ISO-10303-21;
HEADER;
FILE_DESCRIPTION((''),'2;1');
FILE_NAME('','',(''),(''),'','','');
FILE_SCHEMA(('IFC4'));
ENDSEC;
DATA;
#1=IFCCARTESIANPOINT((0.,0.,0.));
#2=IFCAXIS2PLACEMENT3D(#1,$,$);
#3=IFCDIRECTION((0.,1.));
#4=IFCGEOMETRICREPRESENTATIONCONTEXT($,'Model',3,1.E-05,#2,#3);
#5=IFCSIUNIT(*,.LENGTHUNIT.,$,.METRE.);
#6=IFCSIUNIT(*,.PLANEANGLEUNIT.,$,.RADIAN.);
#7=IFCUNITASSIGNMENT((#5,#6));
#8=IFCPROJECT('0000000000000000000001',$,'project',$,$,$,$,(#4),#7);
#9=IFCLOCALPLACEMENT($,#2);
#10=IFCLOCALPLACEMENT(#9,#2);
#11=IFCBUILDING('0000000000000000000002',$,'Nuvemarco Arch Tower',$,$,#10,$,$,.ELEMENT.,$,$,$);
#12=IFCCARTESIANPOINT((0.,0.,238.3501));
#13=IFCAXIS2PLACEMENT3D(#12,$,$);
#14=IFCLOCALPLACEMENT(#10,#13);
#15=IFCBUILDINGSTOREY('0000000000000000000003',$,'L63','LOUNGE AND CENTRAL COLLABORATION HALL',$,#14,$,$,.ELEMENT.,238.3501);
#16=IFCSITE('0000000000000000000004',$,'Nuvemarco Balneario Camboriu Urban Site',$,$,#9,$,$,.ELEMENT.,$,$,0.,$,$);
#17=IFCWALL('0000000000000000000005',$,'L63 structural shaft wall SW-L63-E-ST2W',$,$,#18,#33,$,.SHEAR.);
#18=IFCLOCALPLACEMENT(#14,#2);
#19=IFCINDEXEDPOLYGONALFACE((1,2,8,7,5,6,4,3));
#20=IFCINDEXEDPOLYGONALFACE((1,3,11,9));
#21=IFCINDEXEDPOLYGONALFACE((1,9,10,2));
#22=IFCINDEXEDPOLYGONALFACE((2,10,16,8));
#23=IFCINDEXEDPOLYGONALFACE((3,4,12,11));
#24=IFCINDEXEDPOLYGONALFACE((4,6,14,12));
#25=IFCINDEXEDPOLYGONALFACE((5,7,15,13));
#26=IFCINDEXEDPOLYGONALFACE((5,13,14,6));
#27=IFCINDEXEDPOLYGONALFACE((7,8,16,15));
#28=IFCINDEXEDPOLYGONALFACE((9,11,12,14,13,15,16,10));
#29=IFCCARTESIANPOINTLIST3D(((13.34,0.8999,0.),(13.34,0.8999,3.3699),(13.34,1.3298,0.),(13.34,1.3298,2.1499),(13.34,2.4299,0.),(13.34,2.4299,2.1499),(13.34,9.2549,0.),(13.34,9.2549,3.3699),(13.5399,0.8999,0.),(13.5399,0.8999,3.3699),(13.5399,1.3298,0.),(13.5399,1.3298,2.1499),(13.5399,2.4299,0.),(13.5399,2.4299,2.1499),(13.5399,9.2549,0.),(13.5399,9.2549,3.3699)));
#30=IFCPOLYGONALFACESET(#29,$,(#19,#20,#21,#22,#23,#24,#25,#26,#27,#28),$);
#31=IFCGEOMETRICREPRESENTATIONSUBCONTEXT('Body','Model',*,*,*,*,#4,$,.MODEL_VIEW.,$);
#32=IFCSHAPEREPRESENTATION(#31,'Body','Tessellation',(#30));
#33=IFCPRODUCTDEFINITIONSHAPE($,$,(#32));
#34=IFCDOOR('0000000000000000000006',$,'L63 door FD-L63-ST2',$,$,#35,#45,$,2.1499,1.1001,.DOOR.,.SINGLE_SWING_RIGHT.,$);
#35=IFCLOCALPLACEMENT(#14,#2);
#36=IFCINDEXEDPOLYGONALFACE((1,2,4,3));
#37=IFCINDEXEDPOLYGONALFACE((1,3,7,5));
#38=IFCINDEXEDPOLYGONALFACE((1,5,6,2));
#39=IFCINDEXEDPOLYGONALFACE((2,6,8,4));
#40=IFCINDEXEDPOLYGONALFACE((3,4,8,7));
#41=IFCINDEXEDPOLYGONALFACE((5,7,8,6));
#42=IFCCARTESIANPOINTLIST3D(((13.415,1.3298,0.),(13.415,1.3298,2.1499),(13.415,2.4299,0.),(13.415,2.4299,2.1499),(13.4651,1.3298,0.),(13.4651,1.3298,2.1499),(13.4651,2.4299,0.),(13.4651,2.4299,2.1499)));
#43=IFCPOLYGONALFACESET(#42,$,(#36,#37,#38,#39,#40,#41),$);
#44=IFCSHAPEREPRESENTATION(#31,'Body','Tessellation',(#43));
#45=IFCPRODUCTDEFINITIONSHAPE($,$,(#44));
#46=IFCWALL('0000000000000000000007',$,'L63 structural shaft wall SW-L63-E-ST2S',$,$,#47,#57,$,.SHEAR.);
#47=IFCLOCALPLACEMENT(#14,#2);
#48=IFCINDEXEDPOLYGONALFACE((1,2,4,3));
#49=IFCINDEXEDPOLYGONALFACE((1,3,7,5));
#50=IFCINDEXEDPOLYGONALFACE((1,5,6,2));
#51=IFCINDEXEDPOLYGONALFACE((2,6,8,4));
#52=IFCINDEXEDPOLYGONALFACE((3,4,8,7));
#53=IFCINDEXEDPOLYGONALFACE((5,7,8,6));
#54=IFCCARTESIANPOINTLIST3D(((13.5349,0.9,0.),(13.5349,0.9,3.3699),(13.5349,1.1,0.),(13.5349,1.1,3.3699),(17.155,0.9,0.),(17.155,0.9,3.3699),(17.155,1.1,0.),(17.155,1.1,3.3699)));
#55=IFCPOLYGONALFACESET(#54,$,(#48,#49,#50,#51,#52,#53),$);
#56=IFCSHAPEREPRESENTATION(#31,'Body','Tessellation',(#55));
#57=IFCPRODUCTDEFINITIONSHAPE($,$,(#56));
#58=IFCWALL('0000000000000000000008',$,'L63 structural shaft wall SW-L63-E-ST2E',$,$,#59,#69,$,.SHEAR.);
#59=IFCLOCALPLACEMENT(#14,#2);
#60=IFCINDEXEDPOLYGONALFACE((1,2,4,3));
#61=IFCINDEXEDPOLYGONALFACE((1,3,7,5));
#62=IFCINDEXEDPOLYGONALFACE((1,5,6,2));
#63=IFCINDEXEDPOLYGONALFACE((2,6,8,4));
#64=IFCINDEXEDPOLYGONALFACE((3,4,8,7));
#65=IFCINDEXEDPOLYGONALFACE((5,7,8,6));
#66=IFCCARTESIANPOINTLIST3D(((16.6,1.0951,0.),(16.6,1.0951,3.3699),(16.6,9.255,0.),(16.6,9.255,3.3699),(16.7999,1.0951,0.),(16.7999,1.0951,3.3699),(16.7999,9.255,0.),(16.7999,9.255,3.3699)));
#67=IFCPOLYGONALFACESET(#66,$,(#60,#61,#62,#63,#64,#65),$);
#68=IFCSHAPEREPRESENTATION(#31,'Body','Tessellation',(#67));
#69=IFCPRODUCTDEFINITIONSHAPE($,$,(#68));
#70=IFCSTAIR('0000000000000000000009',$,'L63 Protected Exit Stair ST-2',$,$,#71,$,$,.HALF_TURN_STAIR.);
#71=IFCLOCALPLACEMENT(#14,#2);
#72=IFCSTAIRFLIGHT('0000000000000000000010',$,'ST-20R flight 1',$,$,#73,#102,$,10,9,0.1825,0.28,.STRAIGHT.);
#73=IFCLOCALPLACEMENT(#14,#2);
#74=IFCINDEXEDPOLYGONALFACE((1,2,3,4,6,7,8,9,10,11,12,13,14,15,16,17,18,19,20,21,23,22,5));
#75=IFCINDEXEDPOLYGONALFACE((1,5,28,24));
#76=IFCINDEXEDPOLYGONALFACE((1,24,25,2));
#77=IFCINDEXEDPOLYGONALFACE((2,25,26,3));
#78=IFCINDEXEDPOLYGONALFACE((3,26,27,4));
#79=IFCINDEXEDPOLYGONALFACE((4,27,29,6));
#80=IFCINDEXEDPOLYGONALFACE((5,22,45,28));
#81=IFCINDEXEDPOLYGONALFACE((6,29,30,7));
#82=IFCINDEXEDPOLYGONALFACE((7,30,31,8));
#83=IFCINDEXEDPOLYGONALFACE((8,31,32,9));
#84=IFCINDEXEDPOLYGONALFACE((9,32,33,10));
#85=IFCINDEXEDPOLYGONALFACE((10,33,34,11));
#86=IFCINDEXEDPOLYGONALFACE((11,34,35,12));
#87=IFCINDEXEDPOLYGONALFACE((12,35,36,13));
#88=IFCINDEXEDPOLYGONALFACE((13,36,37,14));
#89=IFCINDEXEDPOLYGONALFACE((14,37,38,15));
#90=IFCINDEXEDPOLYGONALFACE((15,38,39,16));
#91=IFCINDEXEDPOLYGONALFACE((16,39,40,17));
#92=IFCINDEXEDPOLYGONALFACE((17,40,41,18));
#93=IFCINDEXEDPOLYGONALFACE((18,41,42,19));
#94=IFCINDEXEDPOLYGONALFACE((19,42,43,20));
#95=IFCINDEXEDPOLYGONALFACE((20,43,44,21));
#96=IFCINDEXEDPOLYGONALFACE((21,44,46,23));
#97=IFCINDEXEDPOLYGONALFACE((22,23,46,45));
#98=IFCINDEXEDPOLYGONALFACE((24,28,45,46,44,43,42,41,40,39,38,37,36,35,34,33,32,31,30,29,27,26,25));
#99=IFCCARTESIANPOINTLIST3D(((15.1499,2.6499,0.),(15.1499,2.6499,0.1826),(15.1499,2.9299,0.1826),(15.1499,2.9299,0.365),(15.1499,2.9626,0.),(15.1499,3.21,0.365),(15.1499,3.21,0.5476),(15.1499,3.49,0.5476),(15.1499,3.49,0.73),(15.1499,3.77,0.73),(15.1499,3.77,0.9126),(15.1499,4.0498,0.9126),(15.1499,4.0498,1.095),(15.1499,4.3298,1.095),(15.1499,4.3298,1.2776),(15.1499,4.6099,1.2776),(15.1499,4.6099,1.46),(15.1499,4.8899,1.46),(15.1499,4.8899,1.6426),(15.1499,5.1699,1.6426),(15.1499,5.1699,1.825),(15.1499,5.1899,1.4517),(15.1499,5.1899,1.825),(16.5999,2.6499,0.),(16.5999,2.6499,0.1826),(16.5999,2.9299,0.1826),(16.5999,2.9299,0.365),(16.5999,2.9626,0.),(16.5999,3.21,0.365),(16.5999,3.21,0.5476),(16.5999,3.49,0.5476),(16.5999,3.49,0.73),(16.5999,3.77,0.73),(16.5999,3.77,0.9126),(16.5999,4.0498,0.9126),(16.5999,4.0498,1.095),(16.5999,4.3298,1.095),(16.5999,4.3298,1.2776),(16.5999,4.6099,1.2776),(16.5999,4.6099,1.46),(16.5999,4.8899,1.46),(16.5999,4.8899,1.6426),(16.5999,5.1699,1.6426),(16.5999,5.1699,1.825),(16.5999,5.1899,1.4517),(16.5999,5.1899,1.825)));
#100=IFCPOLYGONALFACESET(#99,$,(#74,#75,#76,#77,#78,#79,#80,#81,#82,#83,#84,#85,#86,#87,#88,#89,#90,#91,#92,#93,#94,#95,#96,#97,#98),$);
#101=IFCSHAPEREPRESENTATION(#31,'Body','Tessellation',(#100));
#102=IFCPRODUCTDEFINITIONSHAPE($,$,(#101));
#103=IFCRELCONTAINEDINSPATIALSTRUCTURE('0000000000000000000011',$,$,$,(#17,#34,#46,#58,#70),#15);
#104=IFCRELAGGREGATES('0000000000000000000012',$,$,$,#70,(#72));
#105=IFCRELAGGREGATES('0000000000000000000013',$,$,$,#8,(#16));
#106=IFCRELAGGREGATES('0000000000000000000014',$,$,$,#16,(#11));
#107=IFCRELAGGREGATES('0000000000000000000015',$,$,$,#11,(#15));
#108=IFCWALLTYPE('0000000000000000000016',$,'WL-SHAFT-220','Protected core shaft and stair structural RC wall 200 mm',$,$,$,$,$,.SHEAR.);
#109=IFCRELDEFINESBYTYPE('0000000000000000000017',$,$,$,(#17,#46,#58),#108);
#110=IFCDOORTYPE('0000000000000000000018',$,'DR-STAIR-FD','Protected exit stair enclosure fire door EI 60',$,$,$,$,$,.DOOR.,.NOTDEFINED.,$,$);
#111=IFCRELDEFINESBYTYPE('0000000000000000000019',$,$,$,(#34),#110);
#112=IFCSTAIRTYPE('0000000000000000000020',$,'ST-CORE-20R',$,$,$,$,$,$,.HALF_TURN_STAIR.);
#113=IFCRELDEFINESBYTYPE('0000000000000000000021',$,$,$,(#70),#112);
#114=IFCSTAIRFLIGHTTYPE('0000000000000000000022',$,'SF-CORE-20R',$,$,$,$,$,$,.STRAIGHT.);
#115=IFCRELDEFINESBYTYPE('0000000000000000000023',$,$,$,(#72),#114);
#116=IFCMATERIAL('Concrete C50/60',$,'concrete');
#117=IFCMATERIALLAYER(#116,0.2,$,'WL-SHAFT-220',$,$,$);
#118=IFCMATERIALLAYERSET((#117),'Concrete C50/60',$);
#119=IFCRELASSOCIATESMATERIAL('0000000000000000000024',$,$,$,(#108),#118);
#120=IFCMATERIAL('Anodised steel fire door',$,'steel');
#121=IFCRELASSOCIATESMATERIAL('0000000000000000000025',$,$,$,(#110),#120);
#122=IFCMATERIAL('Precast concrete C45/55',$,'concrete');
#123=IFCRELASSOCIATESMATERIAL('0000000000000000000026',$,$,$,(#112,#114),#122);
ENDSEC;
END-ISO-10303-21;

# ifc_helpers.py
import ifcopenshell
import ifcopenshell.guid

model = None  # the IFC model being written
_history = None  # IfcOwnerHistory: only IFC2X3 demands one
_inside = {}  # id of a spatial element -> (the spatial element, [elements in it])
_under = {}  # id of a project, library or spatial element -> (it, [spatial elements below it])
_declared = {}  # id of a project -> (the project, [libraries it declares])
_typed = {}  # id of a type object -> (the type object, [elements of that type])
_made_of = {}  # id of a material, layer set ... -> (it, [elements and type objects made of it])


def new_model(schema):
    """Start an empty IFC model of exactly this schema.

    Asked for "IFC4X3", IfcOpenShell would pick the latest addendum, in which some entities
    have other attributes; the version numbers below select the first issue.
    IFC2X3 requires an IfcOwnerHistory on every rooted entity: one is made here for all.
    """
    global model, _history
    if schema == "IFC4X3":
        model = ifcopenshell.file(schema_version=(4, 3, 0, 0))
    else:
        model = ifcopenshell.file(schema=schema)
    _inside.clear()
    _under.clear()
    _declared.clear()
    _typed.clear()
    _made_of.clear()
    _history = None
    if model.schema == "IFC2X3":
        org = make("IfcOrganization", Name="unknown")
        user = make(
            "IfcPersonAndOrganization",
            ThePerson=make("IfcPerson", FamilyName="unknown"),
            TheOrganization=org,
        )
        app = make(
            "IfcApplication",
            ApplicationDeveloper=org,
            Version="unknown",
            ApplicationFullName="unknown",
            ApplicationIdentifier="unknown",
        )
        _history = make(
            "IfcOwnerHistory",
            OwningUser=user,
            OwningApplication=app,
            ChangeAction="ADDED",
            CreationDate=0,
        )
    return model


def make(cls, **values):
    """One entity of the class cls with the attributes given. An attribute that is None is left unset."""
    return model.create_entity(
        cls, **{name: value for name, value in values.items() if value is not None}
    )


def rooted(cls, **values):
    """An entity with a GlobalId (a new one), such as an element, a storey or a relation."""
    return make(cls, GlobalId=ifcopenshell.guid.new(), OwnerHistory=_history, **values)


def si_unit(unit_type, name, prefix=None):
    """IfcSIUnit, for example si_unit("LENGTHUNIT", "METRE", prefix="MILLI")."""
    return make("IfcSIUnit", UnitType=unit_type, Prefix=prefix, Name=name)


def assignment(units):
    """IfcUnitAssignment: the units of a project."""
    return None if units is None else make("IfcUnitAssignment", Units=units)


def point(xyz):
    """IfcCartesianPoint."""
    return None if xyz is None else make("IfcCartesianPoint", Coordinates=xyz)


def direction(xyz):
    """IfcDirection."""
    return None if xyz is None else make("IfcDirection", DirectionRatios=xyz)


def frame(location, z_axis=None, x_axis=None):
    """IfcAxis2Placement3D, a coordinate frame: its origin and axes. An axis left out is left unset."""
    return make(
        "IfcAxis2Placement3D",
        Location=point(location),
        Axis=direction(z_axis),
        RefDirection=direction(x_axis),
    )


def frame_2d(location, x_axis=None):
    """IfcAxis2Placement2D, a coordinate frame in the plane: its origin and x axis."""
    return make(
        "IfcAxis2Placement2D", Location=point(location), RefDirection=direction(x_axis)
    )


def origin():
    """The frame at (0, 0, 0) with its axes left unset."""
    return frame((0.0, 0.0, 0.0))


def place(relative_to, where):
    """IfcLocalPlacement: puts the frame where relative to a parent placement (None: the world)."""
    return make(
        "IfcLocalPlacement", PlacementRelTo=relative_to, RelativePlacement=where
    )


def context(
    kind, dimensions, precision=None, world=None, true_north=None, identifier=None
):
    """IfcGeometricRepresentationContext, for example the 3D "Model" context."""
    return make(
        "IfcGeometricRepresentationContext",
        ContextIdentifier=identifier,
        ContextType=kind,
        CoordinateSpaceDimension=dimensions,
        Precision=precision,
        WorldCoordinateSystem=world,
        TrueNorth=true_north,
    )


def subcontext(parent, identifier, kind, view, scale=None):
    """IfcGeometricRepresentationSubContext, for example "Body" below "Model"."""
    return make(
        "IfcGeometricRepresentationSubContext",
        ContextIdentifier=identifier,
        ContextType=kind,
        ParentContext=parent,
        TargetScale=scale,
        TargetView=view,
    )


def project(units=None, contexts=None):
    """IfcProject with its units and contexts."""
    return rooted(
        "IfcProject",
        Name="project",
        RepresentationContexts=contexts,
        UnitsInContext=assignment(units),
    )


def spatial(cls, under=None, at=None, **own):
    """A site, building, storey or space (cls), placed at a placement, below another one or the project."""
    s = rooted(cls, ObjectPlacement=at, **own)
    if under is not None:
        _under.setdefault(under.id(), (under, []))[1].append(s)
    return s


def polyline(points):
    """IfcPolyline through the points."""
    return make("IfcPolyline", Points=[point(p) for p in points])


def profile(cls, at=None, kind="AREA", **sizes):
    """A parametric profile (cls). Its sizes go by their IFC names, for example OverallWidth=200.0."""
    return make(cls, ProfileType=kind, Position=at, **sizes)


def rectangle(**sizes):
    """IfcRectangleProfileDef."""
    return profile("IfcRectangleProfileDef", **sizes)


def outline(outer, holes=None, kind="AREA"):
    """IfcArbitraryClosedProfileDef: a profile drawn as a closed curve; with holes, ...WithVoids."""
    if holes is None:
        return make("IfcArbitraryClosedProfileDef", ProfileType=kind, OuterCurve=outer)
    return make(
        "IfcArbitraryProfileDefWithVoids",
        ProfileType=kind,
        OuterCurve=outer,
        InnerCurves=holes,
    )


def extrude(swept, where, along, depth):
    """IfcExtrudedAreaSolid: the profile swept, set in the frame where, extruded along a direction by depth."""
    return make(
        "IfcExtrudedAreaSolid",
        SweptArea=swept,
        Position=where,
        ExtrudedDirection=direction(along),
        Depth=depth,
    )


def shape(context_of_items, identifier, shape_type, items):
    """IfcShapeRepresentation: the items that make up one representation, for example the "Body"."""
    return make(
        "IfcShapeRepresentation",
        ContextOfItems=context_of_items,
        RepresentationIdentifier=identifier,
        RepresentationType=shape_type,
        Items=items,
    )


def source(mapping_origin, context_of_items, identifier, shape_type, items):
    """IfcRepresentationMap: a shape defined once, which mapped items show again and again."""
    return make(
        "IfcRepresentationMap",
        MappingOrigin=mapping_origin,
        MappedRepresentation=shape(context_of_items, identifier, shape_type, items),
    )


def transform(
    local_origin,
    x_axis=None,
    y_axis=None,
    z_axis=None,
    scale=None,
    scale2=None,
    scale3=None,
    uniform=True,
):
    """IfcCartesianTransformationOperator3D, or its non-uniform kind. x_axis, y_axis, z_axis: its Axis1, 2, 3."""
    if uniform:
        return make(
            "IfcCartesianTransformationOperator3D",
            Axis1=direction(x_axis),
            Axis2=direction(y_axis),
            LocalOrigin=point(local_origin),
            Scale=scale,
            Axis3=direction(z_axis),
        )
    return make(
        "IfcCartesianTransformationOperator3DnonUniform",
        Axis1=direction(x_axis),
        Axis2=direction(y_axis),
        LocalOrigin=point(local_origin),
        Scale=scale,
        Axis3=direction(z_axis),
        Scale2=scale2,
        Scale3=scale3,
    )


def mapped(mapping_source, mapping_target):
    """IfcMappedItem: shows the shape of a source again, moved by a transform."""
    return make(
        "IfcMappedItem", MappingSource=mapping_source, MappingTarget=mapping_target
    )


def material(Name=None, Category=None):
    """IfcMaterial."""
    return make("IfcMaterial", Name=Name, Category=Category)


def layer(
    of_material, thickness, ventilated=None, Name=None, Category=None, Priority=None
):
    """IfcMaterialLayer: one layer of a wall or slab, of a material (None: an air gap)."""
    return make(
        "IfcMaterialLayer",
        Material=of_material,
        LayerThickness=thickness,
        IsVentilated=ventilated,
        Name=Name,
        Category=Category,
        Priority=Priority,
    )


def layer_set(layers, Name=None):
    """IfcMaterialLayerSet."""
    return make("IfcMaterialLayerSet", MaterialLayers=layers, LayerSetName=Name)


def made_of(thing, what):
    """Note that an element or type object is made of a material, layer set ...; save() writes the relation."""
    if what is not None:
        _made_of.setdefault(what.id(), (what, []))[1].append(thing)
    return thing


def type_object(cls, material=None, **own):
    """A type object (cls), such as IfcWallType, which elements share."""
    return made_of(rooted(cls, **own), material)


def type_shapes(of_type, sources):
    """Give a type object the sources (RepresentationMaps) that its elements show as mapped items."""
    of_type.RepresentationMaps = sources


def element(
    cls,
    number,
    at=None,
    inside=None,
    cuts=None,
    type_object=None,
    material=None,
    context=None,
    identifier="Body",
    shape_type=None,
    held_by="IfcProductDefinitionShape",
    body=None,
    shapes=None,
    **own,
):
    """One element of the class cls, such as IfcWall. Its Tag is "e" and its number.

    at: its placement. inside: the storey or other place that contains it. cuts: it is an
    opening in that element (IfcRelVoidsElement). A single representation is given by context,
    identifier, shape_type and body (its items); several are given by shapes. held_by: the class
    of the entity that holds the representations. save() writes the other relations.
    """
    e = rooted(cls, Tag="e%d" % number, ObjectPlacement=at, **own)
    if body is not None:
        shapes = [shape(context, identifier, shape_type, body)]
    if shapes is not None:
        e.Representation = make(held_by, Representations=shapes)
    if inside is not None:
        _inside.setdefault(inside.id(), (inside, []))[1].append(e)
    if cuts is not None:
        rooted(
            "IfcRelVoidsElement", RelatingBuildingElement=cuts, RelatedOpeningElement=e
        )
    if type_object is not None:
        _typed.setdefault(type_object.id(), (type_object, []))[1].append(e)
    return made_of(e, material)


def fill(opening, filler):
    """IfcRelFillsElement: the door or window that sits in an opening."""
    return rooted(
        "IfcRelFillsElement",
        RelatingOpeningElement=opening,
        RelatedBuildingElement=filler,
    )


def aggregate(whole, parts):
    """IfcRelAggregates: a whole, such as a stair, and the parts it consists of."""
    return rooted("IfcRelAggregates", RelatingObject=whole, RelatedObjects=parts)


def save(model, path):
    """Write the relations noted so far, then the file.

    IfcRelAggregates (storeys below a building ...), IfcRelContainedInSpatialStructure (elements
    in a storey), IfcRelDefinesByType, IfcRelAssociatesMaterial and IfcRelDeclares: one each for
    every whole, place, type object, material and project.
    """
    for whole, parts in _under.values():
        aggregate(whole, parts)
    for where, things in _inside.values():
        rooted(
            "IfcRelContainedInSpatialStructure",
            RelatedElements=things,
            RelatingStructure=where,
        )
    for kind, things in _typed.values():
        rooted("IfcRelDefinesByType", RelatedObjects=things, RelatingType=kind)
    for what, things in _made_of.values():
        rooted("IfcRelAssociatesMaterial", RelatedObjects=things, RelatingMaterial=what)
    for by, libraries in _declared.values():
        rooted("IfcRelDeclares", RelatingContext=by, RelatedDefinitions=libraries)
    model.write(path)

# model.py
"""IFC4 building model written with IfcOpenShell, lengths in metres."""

from ifc_helpers import new_model, si_unit, direction, frame, frame_2d, origin, place, context, subcontext, project, spatial, polyline, rectangle, outline, extrude, source, transform, mapped, material, layer, layer_set, type_object, type_shapes, element, fill, aggregate, save


model = new_model("IFC4")

# Units and contexts
model_context = context("Model", 3, precision=1e-05, world=origin(), true_north=direction((0.0, 1.0)))
body_context = subcontext(model_context, "Body", "Model", "MODEL_VIEW")
ifc_project = project(units=[si_unit("LENGTHUNIT", "METRE"), si_unit("PLANEANGLEUNIT", "RADIAN")], contexts=[model_context])

# Site, building, storey
site_placement = place(None, origin())
site = spatial("IfcSite", under=ifc_project, at=site_placement, Name="Nuvemarco Balneario Camboriu Urban Site", CompositionType="ELEMENT", RefElevation=0.0)
building_placement = place(site_placement, origin())
building = spatial("IfcBuilding", under=site, at=building_placement, Name="Nuvemarco Arch Tower", CompositionType="ELEMENT")
storey_placement = place(building_placement, frame((0.0, 0.0, 238.3501)))
storey = spatial("IfcBuildingStorey", under=building, at=storey_placement, Name="L63", Description="LOUNGE AND CENTRAL COLLABORATION HALL", CompositionType="ELEMENT", Elevation=238.3501)

# Shared definitions
ifc_material_1 = material(Name="Concrete C50/60", Category="concrete")

# Shared definitions
ifc_material_2 = material(Name="Precast concrete C45/55", Category="concrete")

# Shared definitions
ifc_material_3 = material(Name="Anodised steel fire door", Category="steel")

# Wall, opening, door
ifc_layer_1 = layer(ifc_material_1, 0.2, Name="WL-SHAFT-220")
ifc_layer_set_1 = layer_set([ifc_layer_1], Name="Concrete C50/60")
wall_type_1 = type_object("IfcWallType", Name="WL-SHAFT-220", Description="Protected core shaft and stair structural RC wall 200 mm", PredefinedType="SHEAR", material=ifc_layer_set_1)
wall_1_placement = place(storey_placement, frame((13.4399, 0.8999, 0.0), z_axis=(0.0, 0.0, 1.0), x_axis=(0.0, 1.0, 0.0)))
wall_1 = element("IfcWall", 1, at=wall_1_placement, inside=storey, type_object=wall_type_1, Name="L63 structural shaft wall SW-L63-E-ST2W", PredefinedType="SHEAR", context=body_context, shape_type="SweptSolid", body=[
    extrude(rectangle(XDim=8.355, YDim=0.2, at=frame_2d((4.1775, 0.0))), origin(), (0.0, 0.0, 1.0), 3.3699),
])
opening_1_placement = place(wall_1_placement, frame((0.4299, 0.0, 0.0)))
opening_1 = element("IfcOpeningElement", 2, at=opening_1_placement, cuts=wall_1, PredefinedType="OPENING", context=body_context, shape_type="SweptSolid", body=[
    extrude(rectangle(XDim=1.1001, YDim=2.1499, at=frame_2d((0.55, 1.075))), frame((0.0, 0.1099, 0.0), z_axis=(0.0, -1.0, 0.0), x_axis=(1.0, 0.0, 0.0)), (0.0, 0.0, 1.0), 0.22),
])
door_type_1 = type_object("IfcDoorType", Name="DR-STAIR-FD", Description="Protected exit stair enclosure fire door EI 60", OperationType="NOTDEFINED", PredefinedType="DOOR", material=ifc_material_3)
shared_shape_1 = source(origin(), body_context, "Body", "SweptSolid", [
    extrude(rectangle(XDim=1.1001, YDim=2.1499, at=frame_2d((0.55, 1.075))), frame((0.0, 0.0249, 0.0), z_axis=(0.0, -1.0, 0.0), x_axis=(1.0, 0.0, 0.0)), (0.0, 0.0, 1.0), 0.05),
])
type_shapes(door_type_1, [shared_shape_1])
door_1_placement = place(opening_1_placement, origin())
door_1 = element("IfcDoor", 3, at=door_1_placement, inside=storey, type_object=door_type_1, Name="L63 door FD-L63-ST2", OperationType="SINGLE_SWING_RIGHT", OverallHeight=2.1499, OverallWidth=1.1001, PredefinedType="DOOR", context=body_context, shape_type="MappedRepresentation", body=[
    mapped(shared_shape_1, transform((0.0, 0.0, 0.0), scale=1.0)),
])
fill(opening_1, door_1)

# Walls
wall_2_placement = place(storey_placement, frame((13.5349, 1.0, 0.0), z_axis=(0.0, 0.0, 1.0), x_axis=(1.0, 0.0, 0.0)))
element("IfcWall", 4, at=wall_2_placement, inside=storey, type_object=wall_type_1, Name="L63 structural shaft wall SW-L63-E-ST2S", PredefinedType="SHEAR", context=body_context, shape_type="SweptSolid", body=[
    extrude(rectangle(XDim=3.6201, YDim=0.2, at=frame_2d((1.8101, 0.0))), origin(), (0.0, 0.0, 1.0), 3.3699),
])
wall_3_placement = place(storey_placement, frame((16.7, 1.095, 0.0), z_axis=(0.0, 0.0, 1.0), x_axis=(0.0, 1.0, 0.0)))
element("IfcWall", 5, at=wall_3_placement, inside=storey, type_object=wall_type_1, Name="L63 structural shaft wall SW-L63-E-ST2E", PredefinedType="SHEAR", context=body_context, shape_type="SweptSolid", body=[
    extrude(rectangle(XDim=8.1599, YDim=0.2, at=frame_2d((4.0801, 0.0))), origin(), (0.0, 0.0, 1.0), 3.3699),
])

# Stair, stair flight
stair_type = type_object("IfcStairType", Name="ST-CORE-20R", PredefinedType="HALF_TURN_STAIR", material=ifc_material_2)
stair_placement = place(storey_placement, origin())
stair = element("IfcStair", 6, at=stair_placement, inside=storey, type_object=stair_type, Name="L63 Protected Exit Stair ST-2", PredefinedType="HALF_TURN_STAIR")
stair_flight_type = type_object("IfcStairFlightType", Name="SF-CORE-20R", PredefinedType="STRAIGHT", material=ifc_material_2)
stair_flight_placement = place(storey_placement, frame((15.875, 2.6499, 0.0), z_axis=(0.0, 0.0, 1.0), x_axis=(0.0, 1.0, 0.0)))
stair_flight = element("IfcStairFlight", 7, at=stair_flight_placement, type_object=stair_flight_type, Name="ST-20R flight 1", NumberOfRisers=10, NumberOfTreads=9, PredefinedType="STRAIGHT", RiserHeight=0.1825, TreadLength=0.28, context=body_context, shape_type="SweptSolid", body=[
    extrude(outline(polyline([(0.0, 0.0), (0.0, 0.1826), (0.28, 0.1826), (0.28, 0.365), (0.5601, 0.365), (0.5601, 0.5476), (0.8401, 0.5476), (0.8401, 0.73), (1.1201, 0.73), (1.1201, 0.9126), (1.3999, 0.9126), (1.3999, 1.095), (1.6799, 1.095), (1.6799, 1.2776), (1.96, 1.2776), (1.96, 1.46), (2.24, 1.46), (2.24, 1.6426), (2.52, 1.6426), (2.52, 1.825), (2.54, 1.825), (2.54, 1.4517), (0.3127, 0.0), (0.0, 0.0)])), frame((0.0, 0.7251, 0.0), z_axis=(0.0, -1.0, 0.0), x_axis=(1.0, 0.0, 0.0)), (0.0, 0.0, 1.0), 1.45),
])
aggregate(stair, [stair_flight])

save(model, "model.ifc")
